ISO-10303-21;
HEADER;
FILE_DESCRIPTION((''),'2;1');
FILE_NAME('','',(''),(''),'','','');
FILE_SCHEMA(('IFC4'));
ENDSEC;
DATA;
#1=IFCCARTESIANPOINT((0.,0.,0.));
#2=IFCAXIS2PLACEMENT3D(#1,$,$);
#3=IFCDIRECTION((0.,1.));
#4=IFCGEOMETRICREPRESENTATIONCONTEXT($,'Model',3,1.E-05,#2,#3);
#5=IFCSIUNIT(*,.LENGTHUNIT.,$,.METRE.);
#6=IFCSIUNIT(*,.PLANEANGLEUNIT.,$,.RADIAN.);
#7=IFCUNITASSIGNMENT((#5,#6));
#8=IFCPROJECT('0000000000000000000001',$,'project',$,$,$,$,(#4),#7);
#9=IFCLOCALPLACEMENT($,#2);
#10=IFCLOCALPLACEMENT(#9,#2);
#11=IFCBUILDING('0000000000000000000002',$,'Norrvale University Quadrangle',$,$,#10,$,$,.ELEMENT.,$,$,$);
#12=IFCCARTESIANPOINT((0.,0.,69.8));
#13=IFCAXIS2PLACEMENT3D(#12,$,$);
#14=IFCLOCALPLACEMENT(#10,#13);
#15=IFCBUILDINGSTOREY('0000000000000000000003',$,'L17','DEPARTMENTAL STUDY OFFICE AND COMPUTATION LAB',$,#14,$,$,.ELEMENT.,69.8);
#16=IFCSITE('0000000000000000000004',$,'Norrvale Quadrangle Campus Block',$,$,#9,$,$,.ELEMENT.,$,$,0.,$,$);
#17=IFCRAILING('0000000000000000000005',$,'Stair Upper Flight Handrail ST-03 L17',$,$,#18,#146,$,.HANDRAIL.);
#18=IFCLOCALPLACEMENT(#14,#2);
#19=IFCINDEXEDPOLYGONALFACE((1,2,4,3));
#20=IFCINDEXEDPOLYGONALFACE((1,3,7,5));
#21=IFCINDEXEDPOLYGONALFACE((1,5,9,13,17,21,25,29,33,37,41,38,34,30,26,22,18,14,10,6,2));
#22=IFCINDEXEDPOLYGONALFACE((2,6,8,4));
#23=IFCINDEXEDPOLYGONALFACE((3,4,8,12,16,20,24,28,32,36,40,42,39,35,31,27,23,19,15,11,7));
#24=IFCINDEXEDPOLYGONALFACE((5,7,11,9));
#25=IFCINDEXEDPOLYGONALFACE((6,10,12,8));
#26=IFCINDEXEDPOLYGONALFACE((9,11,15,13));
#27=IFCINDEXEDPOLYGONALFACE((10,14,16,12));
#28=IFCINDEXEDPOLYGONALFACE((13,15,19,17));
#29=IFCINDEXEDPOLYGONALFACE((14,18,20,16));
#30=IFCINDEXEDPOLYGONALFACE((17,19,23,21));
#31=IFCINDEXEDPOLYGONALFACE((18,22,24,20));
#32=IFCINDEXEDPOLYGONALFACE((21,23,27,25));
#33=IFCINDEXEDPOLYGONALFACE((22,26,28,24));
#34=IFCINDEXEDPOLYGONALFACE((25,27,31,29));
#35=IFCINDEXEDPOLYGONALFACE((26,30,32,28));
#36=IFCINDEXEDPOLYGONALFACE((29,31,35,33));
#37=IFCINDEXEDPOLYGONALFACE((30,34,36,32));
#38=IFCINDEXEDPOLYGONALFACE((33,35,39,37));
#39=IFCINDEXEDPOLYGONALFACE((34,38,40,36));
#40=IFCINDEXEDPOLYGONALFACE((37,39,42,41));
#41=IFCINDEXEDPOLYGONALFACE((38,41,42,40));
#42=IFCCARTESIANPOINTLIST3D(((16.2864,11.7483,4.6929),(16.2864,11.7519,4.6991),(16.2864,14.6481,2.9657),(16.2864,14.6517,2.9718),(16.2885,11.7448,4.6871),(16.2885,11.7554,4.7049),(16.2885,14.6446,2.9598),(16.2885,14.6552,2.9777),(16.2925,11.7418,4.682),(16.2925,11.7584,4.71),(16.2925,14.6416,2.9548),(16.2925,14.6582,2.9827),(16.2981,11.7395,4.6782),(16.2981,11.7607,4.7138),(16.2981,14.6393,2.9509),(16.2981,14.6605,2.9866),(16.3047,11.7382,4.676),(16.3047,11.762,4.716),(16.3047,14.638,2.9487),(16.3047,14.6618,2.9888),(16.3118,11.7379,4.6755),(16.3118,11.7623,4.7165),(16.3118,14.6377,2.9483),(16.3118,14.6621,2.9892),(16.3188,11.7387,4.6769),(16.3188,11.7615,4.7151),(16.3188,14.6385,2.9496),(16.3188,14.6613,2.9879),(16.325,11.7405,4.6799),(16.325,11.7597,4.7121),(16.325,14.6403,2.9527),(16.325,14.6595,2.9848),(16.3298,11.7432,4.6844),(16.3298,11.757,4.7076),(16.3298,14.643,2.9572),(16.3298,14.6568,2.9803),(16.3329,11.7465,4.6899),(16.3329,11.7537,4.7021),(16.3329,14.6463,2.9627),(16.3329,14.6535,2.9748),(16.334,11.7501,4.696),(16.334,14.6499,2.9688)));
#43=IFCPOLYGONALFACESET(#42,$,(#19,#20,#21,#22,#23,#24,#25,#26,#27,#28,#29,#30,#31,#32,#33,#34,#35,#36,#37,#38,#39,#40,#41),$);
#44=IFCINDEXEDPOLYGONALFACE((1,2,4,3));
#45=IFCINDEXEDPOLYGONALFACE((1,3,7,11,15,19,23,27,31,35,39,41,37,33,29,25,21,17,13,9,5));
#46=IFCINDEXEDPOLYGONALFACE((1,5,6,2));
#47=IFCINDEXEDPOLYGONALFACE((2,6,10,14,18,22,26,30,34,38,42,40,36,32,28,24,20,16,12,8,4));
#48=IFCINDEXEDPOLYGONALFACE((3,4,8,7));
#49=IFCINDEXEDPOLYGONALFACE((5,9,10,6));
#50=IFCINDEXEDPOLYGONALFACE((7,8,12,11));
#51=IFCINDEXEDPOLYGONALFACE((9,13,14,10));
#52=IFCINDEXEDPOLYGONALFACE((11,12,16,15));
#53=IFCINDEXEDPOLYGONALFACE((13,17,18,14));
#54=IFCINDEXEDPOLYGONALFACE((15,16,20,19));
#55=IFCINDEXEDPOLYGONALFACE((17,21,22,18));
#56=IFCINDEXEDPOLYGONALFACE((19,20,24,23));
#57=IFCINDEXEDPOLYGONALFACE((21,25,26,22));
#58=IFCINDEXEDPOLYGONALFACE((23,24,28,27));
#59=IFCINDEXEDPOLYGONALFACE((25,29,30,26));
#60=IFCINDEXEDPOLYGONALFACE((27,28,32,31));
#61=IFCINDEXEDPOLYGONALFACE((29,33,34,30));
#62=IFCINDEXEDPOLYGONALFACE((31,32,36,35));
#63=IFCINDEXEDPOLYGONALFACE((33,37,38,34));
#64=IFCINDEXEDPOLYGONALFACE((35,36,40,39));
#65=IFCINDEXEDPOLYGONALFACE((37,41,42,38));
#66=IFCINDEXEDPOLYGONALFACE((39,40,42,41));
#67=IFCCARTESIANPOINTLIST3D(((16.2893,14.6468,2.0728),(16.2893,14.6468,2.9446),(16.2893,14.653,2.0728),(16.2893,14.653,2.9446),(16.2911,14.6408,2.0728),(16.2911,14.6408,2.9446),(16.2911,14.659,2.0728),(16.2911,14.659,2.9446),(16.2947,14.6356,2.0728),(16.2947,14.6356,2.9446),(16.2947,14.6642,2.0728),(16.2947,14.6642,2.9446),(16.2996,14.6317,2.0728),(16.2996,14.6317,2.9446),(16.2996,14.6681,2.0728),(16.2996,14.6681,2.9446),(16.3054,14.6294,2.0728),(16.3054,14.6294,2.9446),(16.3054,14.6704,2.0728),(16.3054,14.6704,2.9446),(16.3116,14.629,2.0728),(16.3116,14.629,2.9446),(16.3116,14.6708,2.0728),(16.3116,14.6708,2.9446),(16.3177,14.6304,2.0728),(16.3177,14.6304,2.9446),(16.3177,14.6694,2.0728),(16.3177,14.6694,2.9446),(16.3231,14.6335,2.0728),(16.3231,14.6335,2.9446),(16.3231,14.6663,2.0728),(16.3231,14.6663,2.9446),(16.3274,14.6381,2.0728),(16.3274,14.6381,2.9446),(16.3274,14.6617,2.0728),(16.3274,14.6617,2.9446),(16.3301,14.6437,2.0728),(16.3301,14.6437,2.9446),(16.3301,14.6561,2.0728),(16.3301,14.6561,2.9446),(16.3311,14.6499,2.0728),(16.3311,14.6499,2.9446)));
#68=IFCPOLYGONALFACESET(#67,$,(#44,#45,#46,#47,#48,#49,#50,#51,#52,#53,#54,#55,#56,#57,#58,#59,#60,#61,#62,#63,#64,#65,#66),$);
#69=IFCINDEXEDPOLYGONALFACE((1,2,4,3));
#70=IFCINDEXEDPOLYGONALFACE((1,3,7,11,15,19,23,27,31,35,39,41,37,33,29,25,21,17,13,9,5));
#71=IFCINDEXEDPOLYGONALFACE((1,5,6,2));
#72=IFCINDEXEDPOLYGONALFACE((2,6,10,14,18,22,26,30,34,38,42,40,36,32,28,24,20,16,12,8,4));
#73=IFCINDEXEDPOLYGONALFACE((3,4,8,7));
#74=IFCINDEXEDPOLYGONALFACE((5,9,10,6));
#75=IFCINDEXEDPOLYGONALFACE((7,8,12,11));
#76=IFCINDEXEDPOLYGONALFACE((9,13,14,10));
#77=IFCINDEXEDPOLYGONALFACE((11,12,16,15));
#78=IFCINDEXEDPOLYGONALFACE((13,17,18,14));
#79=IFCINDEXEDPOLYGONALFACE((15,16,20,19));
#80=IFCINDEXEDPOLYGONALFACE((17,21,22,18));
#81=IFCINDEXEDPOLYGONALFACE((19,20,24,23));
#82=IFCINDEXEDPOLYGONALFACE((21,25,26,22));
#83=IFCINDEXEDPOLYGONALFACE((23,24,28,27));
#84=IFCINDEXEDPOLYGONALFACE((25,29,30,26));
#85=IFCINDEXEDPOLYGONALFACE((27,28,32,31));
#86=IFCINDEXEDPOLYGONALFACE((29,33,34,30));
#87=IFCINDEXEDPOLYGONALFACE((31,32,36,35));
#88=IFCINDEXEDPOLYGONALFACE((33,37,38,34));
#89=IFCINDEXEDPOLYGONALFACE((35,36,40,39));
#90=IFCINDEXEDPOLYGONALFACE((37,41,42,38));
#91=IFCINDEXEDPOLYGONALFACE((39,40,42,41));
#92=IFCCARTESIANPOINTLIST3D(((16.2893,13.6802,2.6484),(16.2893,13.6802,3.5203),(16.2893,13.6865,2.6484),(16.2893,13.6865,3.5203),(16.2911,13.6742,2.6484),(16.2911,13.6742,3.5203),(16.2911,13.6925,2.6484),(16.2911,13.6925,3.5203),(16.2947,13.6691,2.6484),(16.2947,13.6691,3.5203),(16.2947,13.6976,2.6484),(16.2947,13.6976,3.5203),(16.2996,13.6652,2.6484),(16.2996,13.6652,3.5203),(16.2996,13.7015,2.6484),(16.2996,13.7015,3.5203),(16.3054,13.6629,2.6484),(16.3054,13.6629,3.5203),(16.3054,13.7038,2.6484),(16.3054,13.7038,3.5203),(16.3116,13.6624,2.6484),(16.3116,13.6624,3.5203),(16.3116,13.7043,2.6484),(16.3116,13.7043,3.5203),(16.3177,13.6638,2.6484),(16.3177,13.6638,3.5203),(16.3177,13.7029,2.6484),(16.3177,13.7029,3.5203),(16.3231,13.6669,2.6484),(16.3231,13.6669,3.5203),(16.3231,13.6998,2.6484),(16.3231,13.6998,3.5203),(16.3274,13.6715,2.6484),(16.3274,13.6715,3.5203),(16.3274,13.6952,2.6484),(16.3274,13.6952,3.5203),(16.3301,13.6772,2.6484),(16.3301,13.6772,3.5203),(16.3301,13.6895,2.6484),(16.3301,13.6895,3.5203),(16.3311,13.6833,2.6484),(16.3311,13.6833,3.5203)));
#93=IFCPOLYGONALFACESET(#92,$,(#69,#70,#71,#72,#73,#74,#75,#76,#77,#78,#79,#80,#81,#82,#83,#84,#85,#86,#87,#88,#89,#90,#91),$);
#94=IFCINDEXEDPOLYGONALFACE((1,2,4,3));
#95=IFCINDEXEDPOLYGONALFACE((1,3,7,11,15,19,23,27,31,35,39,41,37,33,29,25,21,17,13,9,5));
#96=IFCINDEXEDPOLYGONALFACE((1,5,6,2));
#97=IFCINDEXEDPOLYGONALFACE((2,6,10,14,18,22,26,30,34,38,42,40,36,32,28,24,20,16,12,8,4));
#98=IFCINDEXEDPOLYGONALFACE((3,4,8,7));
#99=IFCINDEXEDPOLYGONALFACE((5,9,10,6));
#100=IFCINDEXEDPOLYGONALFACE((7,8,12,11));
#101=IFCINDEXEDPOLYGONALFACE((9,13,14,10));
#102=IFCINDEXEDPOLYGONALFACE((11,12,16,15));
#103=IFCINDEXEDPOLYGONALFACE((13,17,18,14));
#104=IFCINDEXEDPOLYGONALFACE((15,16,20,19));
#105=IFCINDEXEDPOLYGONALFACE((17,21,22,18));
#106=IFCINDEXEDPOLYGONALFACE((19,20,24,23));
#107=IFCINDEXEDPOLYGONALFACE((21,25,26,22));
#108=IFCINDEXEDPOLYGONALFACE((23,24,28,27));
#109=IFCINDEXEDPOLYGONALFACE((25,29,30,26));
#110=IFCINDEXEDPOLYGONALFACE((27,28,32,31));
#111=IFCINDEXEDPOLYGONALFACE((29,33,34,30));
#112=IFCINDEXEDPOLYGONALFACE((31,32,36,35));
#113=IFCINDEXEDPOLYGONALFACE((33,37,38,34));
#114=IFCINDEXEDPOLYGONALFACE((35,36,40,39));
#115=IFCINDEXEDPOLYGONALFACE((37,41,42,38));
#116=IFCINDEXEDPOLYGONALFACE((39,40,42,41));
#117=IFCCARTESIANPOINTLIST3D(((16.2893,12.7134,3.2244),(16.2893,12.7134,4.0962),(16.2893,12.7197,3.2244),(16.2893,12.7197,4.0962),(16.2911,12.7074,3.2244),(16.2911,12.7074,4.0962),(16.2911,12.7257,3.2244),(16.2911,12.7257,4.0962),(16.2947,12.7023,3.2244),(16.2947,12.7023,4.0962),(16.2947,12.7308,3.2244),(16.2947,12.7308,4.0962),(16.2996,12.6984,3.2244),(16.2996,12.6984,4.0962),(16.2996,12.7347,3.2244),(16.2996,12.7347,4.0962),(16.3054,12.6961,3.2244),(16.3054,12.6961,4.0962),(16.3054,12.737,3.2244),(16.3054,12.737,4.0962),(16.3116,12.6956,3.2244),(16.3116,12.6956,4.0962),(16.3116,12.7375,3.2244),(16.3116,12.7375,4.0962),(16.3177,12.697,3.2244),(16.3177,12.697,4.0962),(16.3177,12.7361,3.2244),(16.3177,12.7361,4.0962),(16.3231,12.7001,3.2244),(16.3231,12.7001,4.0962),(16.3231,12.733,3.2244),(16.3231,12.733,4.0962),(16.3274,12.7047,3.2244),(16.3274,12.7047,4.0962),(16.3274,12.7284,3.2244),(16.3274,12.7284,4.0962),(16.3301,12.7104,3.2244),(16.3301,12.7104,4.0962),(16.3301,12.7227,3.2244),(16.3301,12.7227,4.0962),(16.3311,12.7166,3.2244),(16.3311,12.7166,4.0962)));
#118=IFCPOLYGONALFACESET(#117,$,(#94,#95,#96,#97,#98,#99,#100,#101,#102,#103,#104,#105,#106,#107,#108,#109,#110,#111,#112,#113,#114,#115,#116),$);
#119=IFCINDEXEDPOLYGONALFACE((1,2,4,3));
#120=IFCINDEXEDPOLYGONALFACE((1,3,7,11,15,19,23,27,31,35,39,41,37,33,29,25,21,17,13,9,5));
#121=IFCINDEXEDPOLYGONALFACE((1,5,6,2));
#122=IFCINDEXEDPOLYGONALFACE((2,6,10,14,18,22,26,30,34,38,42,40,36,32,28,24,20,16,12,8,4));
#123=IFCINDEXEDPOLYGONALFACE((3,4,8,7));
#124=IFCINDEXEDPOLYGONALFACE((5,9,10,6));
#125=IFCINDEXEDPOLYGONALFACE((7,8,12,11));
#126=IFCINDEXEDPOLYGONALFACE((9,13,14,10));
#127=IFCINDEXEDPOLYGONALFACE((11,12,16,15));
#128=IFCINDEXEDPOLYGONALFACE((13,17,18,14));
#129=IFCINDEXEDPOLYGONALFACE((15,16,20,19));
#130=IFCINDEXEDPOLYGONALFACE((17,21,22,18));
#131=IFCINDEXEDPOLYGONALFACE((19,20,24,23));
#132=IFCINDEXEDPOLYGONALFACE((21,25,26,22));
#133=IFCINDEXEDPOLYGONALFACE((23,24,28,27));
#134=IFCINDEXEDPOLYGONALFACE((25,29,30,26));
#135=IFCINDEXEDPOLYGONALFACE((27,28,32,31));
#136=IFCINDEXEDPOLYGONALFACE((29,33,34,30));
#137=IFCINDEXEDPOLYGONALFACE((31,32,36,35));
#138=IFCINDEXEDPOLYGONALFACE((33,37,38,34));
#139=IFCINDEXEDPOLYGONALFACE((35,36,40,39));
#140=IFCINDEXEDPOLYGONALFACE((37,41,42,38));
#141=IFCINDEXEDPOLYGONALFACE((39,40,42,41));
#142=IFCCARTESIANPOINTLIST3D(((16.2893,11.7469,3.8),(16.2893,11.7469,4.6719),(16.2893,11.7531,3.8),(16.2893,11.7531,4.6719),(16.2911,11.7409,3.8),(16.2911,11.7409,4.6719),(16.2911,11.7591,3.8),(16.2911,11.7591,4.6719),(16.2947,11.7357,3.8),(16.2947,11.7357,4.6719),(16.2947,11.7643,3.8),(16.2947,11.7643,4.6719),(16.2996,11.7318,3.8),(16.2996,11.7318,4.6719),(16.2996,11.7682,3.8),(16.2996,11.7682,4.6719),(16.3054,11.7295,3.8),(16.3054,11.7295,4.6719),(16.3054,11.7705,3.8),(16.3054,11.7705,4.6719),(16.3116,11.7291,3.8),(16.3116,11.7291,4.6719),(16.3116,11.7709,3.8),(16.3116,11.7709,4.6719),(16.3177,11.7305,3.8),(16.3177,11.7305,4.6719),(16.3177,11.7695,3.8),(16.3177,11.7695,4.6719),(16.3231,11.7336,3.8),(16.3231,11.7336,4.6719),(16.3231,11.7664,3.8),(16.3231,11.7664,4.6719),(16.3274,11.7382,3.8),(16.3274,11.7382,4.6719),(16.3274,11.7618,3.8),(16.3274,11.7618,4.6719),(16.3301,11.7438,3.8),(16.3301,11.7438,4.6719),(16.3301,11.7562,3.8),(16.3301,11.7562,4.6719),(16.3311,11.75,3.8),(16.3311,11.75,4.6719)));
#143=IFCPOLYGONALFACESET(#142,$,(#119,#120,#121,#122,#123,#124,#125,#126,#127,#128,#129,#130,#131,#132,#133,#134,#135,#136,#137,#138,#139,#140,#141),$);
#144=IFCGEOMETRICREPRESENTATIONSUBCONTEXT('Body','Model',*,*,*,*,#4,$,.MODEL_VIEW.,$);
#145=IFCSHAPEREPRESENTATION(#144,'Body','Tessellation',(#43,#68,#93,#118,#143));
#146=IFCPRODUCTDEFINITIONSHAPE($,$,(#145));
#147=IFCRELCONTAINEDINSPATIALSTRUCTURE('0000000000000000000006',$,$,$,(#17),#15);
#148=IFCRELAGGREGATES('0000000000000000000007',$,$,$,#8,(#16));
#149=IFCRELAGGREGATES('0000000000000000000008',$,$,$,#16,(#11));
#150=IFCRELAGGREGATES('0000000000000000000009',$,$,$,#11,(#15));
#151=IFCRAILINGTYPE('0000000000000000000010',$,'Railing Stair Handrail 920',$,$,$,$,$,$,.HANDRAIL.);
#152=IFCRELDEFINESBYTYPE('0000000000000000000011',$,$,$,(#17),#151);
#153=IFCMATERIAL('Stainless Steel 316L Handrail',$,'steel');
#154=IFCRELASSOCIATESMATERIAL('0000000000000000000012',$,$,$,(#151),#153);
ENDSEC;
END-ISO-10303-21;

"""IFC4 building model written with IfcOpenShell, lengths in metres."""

from ifc_helpers import new_model, si_unit, direction, frame, origin, origin_2d, place, context, subcontext, project, spatial, circle, extrude, material, type_object, element, save


model = new_model("IFC4")

# Units and contexts
model_context = context("Model", 3, precision=1e-05, world=origin(), true_north=direction((0.0, 1.0)))
body_context = subcontext(model_context, "Body", "Model", "MODEL_VIEW")
ifc_project = project(units=[si_unit("LENGTHUNIT", "METRE"), si_unit("PLANEANGLEUNIT", "RADIAN")], contexts=[model_context])

# Site, building, storey
site_placement = place(None, origin())
site = spatial("IfcSite", under=ifc_project, at=site_placement, Name="Norrvale Quadrangle Campus Block", CompositionType="ELEMENT", RefElevation=0.0)
building_placement = place(site_placement, origin())
building = spatial("IfcBuilding", under=site, at=building_placement, Name="Norrvale University Quadrangle", CompositionType="ELEMENT")
storey_placement = place(building_placement, frame((0.0, 0.0, 69.8)))
storey = spatial("IfcBuildingStorey", under=building, at=storey_placement, Name="L17", Description="DEPARTMENTAL STUDY OFFICE AND COMPUTATION LAB", CompositionType="ELEMENT", Elevation=69.8)

# Railing
ifc_material_1 = material(Name="Stainless Steel 316L Handrail", Category="steel")
railing_type_1 = type_object("IfcRailingType", Name="Railing Stair Handrail 920", PredefinedType="HANDRAIL", material=ifc_material_1)
railing_1_placement = place(storey_placement, frame((16.3101, 14.6499, 2.0728)))
element("IfcRailing", 1, at=railing_1_placement, inside=storey, type_object=railing_type_1, Name="Stair Upper Flight Handrail ST-03 L17", PredefinedType="HANDRAIL", context=body_context, shape_type="SweptSolid", body=[
    extrude(circle(Radius=0.0239, at=origin_2d()), frame((0.0, 0.0, 0.896), z_axis=(0.0, -0.859141, 0.511738), x_axis=(1.0, 0.0, 0.0)), (0.0, 0.0, 1.0), 3.3752),
    extrude(circle(Radius=0.021, at=origin_2d()), origin(), (0.0, 0.0, 1.0), 0.8718),
    extrude(circle(Radius=0.021, at=origin_2d()), frame((0.0, -0.9666, 0.5757)), (0.0, 0.0, 1.0), 0.8718),
    extrude(circle(Radius=0.021, at=origin_2d()), frame((0.0, -1.9333, 1.1516)), (0.0, 0.0, 1.0), 0.8718),
    extrude(circle(Radius=0.021, at=origin_2d()), frame((0.0, -2.8999, 1.7273)), (0.0, 0.0, 1.0), 0.8718),
])

save(model, "model.ifc")
